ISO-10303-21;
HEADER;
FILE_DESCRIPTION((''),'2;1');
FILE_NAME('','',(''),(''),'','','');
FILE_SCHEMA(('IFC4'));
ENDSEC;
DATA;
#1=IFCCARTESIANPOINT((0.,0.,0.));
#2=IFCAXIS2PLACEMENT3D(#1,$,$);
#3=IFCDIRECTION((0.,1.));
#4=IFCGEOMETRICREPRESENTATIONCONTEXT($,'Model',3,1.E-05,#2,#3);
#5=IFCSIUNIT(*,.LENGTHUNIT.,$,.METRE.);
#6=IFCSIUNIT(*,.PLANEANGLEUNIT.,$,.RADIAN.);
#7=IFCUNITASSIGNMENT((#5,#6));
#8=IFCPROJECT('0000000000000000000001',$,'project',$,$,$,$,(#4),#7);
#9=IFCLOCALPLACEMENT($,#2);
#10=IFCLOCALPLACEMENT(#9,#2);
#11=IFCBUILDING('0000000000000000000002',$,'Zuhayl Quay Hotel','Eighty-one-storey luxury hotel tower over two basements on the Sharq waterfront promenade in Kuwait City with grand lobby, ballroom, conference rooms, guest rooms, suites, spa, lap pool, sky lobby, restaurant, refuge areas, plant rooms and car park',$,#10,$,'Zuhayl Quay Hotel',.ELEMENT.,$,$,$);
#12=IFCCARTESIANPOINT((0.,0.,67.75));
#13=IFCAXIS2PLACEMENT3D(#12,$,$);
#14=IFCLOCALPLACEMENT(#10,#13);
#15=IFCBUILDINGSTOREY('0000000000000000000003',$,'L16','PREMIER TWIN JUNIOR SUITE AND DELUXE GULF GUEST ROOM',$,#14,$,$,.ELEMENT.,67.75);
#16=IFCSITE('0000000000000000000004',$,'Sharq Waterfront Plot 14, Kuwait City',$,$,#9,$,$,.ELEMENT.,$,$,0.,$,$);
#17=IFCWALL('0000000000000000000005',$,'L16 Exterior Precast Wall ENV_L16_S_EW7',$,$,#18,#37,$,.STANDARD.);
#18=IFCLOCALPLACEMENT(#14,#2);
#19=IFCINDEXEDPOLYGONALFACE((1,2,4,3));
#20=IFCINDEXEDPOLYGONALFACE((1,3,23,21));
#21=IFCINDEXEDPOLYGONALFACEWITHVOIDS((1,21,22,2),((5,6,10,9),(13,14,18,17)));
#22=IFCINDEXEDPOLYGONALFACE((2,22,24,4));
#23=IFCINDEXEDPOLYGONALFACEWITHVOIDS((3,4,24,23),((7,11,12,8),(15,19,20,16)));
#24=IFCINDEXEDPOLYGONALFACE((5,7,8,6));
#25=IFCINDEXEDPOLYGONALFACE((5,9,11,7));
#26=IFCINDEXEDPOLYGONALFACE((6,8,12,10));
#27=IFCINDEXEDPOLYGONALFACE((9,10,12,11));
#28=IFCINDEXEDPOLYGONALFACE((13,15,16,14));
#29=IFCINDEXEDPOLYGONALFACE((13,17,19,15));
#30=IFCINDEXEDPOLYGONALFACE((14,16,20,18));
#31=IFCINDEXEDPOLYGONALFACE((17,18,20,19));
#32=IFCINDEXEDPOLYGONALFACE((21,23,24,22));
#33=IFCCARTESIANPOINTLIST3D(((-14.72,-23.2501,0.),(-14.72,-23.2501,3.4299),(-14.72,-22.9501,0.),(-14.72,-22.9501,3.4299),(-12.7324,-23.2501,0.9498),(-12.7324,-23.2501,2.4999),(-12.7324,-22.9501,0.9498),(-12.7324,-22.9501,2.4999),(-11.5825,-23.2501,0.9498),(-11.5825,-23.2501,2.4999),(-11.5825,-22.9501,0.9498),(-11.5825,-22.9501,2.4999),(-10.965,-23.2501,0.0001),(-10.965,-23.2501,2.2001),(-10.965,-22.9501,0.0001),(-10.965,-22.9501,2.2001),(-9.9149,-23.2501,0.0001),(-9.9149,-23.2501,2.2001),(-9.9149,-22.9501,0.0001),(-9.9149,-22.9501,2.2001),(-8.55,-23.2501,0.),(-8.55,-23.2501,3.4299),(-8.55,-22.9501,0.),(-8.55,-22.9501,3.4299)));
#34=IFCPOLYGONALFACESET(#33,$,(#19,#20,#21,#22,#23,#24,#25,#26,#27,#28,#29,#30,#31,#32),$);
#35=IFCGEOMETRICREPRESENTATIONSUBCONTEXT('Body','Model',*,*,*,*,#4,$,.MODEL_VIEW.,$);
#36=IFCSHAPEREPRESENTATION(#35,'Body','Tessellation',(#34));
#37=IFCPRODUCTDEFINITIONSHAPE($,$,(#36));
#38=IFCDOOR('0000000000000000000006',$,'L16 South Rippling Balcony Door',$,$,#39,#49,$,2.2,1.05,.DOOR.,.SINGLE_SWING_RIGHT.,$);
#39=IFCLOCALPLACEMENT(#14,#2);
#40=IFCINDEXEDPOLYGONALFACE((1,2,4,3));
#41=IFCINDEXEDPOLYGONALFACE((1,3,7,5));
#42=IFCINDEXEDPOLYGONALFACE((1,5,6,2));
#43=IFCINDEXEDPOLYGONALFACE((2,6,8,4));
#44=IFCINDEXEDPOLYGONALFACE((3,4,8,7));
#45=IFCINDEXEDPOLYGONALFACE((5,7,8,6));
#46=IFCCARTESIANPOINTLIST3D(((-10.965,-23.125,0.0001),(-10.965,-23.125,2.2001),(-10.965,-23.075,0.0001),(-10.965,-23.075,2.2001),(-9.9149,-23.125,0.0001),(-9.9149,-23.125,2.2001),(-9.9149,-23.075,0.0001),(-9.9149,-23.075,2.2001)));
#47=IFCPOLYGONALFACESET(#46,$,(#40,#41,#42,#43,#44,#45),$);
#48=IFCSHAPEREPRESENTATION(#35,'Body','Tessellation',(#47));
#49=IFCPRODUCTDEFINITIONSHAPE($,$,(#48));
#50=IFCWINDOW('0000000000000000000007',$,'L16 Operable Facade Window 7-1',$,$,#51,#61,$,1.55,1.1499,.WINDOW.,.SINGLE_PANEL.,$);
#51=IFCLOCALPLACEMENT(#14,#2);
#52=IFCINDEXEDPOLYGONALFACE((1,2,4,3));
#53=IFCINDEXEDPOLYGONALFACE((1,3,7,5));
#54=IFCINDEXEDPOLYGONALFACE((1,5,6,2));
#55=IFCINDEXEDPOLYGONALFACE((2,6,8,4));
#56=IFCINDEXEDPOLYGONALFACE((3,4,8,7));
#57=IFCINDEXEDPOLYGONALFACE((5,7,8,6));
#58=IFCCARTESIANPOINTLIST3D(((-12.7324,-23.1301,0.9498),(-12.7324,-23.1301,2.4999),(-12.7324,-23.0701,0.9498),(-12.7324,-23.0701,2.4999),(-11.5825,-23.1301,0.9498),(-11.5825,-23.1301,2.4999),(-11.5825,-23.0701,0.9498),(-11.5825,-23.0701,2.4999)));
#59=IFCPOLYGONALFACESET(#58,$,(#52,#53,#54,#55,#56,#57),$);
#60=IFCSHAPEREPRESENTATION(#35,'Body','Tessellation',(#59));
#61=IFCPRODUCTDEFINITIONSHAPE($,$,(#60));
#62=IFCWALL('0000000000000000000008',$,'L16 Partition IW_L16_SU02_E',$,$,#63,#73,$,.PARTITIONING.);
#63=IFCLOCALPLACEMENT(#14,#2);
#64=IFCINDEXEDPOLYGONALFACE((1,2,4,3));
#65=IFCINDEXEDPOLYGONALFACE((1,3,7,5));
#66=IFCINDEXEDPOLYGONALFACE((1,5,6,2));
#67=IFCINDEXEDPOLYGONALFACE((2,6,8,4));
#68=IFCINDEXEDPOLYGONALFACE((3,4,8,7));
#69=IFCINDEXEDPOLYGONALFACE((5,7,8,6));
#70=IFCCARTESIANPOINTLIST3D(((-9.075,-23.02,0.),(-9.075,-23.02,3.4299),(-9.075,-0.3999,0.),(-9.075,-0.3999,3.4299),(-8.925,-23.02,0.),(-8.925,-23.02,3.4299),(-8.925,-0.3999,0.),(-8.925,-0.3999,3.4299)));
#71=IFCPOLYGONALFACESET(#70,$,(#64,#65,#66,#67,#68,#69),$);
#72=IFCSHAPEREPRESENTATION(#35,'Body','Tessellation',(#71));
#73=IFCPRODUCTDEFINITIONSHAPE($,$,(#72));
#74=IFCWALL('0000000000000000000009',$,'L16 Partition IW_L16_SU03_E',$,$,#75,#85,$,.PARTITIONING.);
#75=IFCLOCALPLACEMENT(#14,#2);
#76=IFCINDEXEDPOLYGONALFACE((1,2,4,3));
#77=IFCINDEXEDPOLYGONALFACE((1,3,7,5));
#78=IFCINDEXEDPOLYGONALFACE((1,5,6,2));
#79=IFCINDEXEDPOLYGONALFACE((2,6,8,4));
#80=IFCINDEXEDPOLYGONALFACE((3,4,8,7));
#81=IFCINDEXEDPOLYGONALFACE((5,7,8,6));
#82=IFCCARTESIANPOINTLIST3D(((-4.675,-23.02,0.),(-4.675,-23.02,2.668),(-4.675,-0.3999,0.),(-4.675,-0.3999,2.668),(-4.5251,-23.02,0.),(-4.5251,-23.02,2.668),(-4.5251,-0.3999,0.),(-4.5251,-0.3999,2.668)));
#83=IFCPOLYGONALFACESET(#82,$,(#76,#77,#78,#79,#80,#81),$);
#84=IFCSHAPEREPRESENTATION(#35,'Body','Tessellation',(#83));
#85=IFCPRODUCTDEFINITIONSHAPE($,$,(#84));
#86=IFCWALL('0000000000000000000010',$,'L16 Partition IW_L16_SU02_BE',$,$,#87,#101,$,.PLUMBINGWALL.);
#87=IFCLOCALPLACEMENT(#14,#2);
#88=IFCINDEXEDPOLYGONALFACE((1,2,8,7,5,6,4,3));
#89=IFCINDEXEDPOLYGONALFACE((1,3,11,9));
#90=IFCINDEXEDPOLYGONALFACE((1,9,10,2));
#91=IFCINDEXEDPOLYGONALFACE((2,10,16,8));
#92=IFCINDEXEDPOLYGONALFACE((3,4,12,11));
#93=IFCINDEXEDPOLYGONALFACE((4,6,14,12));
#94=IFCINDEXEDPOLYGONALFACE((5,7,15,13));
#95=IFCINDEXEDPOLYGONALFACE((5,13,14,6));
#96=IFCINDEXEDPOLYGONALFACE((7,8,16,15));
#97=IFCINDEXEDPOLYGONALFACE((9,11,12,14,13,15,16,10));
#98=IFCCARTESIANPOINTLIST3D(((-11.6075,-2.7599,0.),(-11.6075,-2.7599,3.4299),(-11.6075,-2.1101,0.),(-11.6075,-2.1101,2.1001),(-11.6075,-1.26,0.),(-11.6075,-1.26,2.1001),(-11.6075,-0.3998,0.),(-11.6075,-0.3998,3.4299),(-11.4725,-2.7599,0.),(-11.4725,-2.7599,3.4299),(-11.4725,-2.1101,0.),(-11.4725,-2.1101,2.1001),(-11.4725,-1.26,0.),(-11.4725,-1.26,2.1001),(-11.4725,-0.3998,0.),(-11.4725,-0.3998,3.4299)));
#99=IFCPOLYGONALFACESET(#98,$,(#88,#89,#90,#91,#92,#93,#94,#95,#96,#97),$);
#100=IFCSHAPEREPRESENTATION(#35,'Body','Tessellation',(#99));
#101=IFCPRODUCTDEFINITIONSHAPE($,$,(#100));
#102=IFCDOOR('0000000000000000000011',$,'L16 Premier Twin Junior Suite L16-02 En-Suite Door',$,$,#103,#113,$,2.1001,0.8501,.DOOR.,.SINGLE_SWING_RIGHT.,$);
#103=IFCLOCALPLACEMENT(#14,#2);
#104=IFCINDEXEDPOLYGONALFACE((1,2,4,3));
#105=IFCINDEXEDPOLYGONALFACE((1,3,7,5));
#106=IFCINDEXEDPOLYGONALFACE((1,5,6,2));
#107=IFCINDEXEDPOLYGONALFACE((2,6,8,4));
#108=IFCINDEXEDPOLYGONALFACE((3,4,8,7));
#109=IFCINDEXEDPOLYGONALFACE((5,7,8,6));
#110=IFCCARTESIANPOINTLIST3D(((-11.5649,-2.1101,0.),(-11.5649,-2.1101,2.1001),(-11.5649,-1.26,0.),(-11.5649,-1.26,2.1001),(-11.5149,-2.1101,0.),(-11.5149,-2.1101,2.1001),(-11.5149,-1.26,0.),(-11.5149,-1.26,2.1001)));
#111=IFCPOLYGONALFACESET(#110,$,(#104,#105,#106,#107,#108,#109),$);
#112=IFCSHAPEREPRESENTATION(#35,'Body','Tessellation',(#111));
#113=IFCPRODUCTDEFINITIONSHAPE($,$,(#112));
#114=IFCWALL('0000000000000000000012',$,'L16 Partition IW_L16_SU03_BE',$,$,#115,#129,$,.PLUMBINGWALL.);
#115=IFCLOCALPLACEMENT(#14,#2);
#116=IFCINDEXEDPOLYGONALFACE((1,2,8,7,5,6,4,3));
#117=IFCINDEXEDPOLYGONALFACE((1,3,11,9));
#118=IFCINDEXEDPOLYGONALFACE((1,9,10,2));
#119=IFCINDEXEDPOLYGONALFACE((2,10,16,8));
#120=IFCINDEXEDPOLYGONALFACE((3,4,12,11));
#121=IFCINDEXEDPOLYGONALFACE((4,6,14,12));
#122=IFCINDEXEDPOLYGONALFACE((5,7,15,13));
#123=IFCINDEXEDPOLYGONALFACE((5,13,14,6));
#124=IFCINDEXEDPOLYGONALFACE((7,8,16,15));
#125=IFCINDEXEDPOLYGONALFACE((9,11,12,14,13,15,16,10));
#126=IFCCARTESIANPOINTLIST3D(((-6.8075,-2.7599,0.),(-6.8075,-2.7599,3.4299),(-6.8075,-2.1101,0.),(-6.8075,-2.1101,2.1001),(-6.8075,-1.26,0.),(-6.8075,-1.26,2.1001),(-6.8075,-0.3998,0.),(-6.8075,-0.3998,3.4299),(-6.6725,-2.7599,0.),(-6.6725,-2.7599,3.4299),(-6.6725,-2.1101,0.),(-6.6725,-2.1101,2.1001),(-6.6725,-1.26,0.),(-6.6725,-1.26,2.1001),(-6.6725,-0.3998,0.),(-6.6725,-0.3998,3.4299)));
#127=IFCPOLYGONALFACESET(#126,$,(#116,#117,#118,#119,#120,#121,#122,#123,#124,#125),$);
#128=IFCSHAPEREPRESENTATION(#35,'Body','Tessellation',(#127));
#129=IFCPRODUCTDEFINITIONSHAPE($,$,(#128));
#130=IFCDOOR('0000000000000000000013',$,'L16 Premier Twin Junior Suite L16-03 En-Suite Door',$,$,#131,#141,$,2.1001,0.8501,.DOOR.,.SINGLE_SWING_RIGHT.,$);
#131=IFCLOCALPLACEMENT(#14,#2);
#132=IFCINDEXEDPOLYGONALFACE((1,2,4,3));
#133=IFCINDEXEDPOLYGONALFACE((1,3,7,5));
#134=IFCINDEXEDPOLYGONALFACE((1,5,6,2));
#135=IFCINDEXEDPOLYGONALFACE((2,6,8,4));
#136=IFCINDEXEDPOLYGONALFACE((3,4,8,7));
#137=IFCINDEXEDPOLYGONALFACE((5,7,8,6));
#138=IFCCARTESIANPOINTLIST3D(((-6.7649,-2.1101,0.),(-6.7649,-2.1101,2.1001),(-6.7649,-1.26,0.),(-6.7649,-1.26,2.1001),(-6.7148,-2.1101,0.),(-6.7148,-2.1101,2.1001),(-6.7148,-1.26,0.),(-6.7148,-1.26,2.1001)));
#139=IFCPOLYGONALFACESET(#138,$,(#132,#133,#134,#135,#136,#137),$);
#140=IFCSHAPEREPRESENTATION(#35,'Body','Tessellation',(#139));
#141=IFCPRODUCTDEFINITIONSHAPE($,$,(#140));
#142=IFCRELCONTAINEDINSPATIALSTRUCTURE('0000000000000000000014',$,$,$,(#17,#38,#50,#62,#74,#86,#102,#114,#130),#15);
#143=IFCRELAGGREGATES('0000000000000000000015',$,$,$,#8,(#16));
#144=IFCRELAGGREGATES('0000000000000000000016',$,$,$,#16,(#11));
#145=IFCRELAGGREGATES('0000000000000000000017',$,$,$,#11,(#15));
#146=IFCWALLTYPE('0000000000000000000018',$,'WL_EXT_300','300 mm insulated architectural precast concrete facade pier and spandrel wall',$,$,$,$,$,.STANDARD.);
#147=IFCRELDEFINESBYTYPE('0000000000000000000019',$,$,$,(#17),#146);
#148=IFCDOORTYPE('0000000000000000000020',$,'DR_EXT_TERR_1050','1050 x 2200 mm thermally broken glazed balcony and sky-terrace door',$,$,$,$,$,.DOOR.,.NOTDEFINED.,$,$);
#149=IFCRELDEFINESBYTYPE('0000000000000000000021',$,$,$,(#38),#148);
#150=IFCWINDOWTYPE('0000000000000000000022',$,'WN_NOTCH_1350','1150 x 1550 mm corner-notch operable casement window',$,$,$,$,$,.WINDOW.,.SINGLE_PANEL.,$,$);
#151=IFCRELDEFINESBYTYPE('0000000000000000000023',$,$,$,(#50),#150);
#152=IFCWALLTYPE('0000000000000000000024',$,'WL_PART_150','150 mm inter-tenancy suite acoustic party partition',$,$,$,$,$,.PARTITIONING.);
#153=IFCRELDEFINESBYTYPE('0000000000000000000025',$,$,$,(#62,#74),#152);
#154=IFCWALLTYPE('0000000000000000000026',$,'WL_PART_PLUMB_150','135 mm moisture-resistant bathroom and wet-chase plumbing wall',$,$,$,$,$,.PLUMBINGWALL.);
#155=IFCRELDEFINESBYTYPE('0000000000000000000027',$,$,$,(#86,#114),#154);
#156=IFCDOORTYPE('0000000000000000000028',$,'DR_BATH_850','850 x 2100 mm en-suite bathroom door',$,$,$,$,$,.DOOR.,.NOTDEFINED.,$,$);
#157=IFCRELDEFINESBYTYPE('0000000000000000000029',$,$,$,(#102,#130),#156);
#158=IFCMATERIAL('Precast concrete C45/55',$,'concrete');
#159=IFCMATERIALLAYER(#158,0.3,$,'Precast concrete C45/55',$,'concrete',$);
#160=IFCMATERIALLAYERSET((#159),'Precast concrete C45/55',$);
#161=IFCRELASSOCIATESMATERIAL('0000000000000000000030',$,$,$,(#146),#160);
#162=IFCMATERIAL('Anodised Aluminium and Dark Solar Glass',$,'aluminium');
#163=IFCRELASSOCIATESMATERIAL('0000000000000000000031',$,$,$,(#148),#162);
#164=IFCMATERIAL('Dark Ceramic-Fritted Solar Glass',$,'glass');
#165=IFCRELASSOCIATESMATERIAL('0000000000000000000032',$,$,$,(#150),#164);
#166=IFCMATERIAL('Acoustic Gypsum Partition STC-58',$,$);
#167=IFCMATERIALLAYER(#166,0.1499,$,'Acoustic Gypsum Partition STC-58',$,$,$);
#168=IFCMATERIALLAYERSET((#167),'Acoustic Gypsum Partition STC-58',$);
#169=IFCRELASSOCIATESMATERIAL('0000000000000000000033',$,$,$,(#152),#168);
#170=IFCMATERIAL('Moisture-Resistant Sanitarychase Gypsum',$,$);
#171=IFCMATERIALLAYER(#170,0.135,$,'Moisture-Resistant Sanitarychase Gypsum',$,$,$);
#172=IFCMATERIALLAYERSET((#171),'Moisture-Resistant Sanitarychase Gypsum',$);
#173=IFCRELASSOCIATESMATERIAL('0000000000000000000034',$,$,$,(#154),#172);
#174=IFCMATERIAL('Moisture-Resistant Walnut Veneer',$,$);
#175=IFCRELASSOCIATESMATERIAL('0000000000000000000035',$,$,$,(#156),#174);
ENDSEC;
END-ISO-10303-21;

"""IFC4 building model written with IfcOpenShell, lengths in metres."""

from ifc_helpers import new_model, si_unit, direction, frame, frame_2d, origin, place, context, subcontext, project, spatial, rectangle, extrude, material, layer, layer_set, type_object, element, fill, save


model = new_model("IFC4")

# Units and contexts
model_context = context("Model", 3, precision=1e-05, world=origin(), true_north=direction((0.0, 1.0)))
body_context = subcontext(model_context, "Body", "Model", "MODEL_VIEW")
ifc_project = project(units=[si_unit("LENGTHUNIT", "METRE"), si_unit("PLANEANGLEUNIT", "RADIAN")], contexts=[model_context])

# Site, building, storey
site_placement = place(None, origin())
site = spatial("IfcSite", under=ifc_project, at=site_placement, Name="Sharq Waterfront Plot 14, Kuwait City", CompositionType="ELEMENT", RefElevation=0.0)
building_placement = place(site_placement, origin())
building = spatial("IfcBuilding", under=site, at=building_placement, Name="Zuhayl Quay Hotel", Description="Eighty-one-storey luxury hotel tower over two basements on the Sharq waterfront promenade in Kuwait City with grand lobby, ballroom, conference rooms, guest rooms, suites, spa, lap pool, sky lobby, restaurant, refuge areas, plant rooms and car park", LongName="Zuhayl Quay Hotel", CompositionType="ELEMENT")
storey_placement = place(building_placement, frame((0.0, 0.0, 67.75)))
storey = spatial("IfcBuildingStorey", under=building, at=storey_placement, Name="L16", Description="PREMIER TWIN JUNIOR SUITE AND DELUXE GULF GUEST ROOM", CompositionType="ELEMENT", Elevation=67.75)

# Shared definitions
ifc_material_1 = material(Name="Dark Ceramic-Fritted Solar Glass", Category="glass")

# Shared definitions
ifc_material_2 = material(Name="Precast concrete C45/55", Category="concrete")
ifc_layer_1 = layer(ifc_material_2, 0.3, Name="Precast concrete C45/55", Category="concrete")
ifc_layer_set_1 = layer_set([ifc_layer_1], Name="Precast concrete C45/55")
wall_type_1 = type_object("IfcWallType", Name="WL_EXT_300", Description="300 mm insulated architectural precast concrete facade pier and spandrel wall", PredefinedType="STANDARD", material=ifc_layer_set_1)

# Wall, openings, door, window
wall_1_placement = place(storey_placement, frame((-8.55, -23.1001, 0.0), z_axis=(0.0, 0.0, 1.0), x_axis=(-1.0, 0.0, 0.0)))
wall_1 = element("IfcWall", 1, at=wall_1_placement, inside=storey, type_object=wall_type_1, Name="L16 Exterior Precast Wall ENV_L16_S_EW7", PredefinedType="STANDARD", context=body_context, shape_type="SweptSolid", body=[
    extrude(rectangle(XDim=6.1699, YDim=0.3, at=frame_2d((3.085, 0.0))), origin(), (0.0, 0.0, 1.0), 3.4299),
])
opening_1_placement = place(wall_1_placement, frame((1.365, 0.0, 0.0)))
opening_1 = element("IfcOpeningElement", 2, at=opening_1_placement, cuts=wall_1, PredefinedType="OPENING", context=body_context, shape_type="SweptSolid", body=[
    extrude(rectangle(XDim=1.05, YDim=2.2, at=frame_2d((0.5249, 1.1001))), frame((0.0, 0.1599, 0.0), z_axis=(0.0, -1.0, 0.0), x_axis=(1.0, 0.0, 0.0)), (0.0, 0.0, 1.0), 0.3201),
])
opening_2_placement = place(wall_1_placement, frame((3.0325, 0.0, 0.95)))
opening_2 = element("IfcOpeningElement", 3, at=opening_2_placement, cuts=wall_1, PredefinedType="OPENING", context=body_context, shape_type="SweptSolid", body=[
    extrude(rectangle(XDim=1.1499, YDim=1.55, at=frame_2d((0.575, 0.7749))), frame((0.0, 0.1599, 0.0), z_axis=(0.0, -1.0, 0.0), x_axis=(1.0, 0.0, 0.0)), (0.0, 0.0, 1.0), 0.3201),
])
ifc_material_3 = material(Name="Anodised Aluminium and Dark Solar Glass", Category="aluminium")
door_type_1 = type_object("IfcDoorType", Name="DR_EXT_TERR_1050", Description="1050 x 2200 mm thermally broken glazed balcony and sky-terrace door", OperationType="NOTDEFINED", PredefinedType="DOOR", material=ifc_material_3)
door_1_placement = place(opening_1_placement, origin())
door_1 = element("IfcDoor", 4, at=door_1_placement, inside=storey, type_object=door_type_1, Name="L16 South Rippling Balcony Door", OperationType="SINGLE_SWING_RIGHT", OverallHeight=2.2, OverallWidth=1.05, PredefinedType="DOOR", context=body_context, shape_type="SweptSolid", body=[
    extrude(rectangle(XDim=1.05, YDim=2.2, at=frame_2d((0.5249, 1.1001))), frame((0.0, 0.0249, 0.0), z_axis=(0.0, -1.0, 0.0), x_axis=(1.0, 0.0, 0.0)), (0.0, 0.0, 1.0), 0.05),
])
fill(opening_1, door_1)
window_type = type_object("IfcWindowType", Name="WN_NOTCH_1350", Description="1150 x 1550 mm corner-notch operable casement window", PartitioningType="SINGLE_PANEL", PredefinedType="WINDOW", material=ifc_material_1)
window_placement = place(opening_2_placement, origin())
window = element("IfcWindow", 5, at=window_placement, inside=storey, type_object=window_type, Name="L16 Operable Facade Window 7-1", OverallHeight=1.55, OverallWidth=1.1499, PartitioningType="SINGLE_PANEL", PredefinedType="WINDOW", context=body_context, shape_type="SweptSolid", body=[
    extrude(rectangle(XDim=1.1499, YDim=1.55, at=frame_2d((0.575, 0.7749))), frame((0.0, 0.03, 0.0), z_axis=(0.0, -1.0, 0.0), x_axis=(1.0, 0.0, 0.0)), (0.0, 0.0, 1.0), 0.0601),
])
fill(opening_2, window)

# Walls
ifc_material_4 = material(Name="Acoustic Gypsum Partition STC-58")
ifc_layer_2 = layer(ifc_material_4, 0.1499, Name="Acoustic Gypsum Partition STC-58")
ifc_layer_set_2 = layer_set([ifc_layer_2], Name="Acoustic Gypsum Partition STC-58")
wall_type_2 = type_object("IfcWallType", Name="WL_PART_150", Description="150 mm inter-tenancy suite acoustic party partition", PredefinedType="PARTITIONING", material=ifc_layer_set_2)
wall_2_placement = place(storey_placement, frame((-9.0, -23.02, 0.0), z_axis=(0.0, 0.0, 1.0), x_axis=(0.0, 1.0, 0.0)))
element("IfcWall", 6, at=wall_2_placement, inside=storey, type_object=wall_type_2, Name="L16 Partition IW_L16_SU02_E", PredefinedType="PARTITIONING", context=body_context, shape_type="SweptSolid", body=[
    extrude(rectangle(XDim=22.6201, YDim=0.1499, at=frame_2d((11.3101, 0.0))), origin(), (0.0, 0.0, 1.0), 3.4299),
])
wall_3_placement = place(storey_placement, frame((-4.6001, -23.02, 0.0), z_axis=(0.0, 0.0, 1.0), x_axis=(0.0, 1.0, 0.0)))
element("IfcWall", 7, at=wall_3_placement, inside=storey, type_object=wall_type_2, Name="L16 Partition IW_L16_SU03_E", PredefinedType="PARTITIONING", context=body_context, shape_type="SweptSolid", body=[
    extrude(rectangle(XDim=22.6201, YDim=0.1499, at=frame_2d((11.3101, 0.0))), origin(), (0.0, 0.0, 1.0), 2.668),
])

# Walls, openings, doors
ifc_material_5 = material(Name="Moisture-Resistant Sanitarychase Gypsum")
ifc_layer_3 = layer(ifc_material_5, 0.135, Name="Moisture-Resistant Sanitarychase Gypsum")
ifc_layer_set_3 = layer_set([ifc_layer_3], Name="Moisture-Resistant Sanitarychase Gypsum")
wall_type_3 = type_object("IfcWallType", Name="WL_PART_PLUMB_150", Description="135 mm moisture-resistant bathroom and wet-chase plumbing wall", PredefinedType="PLUMBINGWALL", material=ifc_layer_set_3)
wall_4_placement = place(storey_placement, frame((-11.54, -2.76, 0.0), z_axis=(0.0, 0.0, 1.0), x_axis=(0.0, 1.0, 0.0)))
wall_4 = element("IfcWall", 8, at=wall_4_placement, inside=storey, type_object=wall_type_3, Name="L16 Partition IW_L16_SU02_BE", PredefinedType="PLUMBINGWALL", context=body_context, shape_type="SweptSolid", body=[
    extrude(rectangle(XDim=2.3601, YDim=0.135, at=frame_2d((1.1802, 0.0))), origin(), (0.0, 0.0, 1.0), 3.4299),
])
opening_3_placement = place(wall_4_placement, frame((0.6499, 0.0, 0.0)))
opening_3 = element("IfcOpeningElement", 9, at=opening_3_placement, cuts=wall_4, PredefinedType="OPENING", context=body_context, shape_type="SweptSolid", body=[
    extrude(rectangle(XDim=0.8501, YDim=2.1001, at=frame_2d((0.425, 1.05))), frame((0.0, 0.0774, 0.0), z_axis=(0.0, -1.0, 0.0), x_axis=(1.0, 0.0, 0.0)), (0.0, 0.0, 1.0), 0.155),
])
ifc_material_6 = material(Name="Moisture-Resistant Walnut Veneer")
door_type_2 = type_object("IfcDoorType", Name="DR_BATH_850", Description="850 x 2100 mm en-suite bathroom door", OperationType="NOTDEFINED", PredefinedType="DOOR", material=ifc_material_6)
door_2_placement = place(opening_3_placement, origin())
door_2 = element("IfcDoor", 10, at=door_2_placement, inside=storey, type_object=door_type_2, Name="L16 Premier Twin Junior Suite L16-02 En-Suite Door", OperationType="SINGLE_SWING_RIGHT", OverallHeight=2.1001, OverallWidth=0.8501, PredefinedType="DOOR", context=body_context, shape_type="SweptSolid", body=[
    extrude(rectangle(XDim=0.8501, YDim=2.1001, at=frame_2d((0.425, 1.05))), frame((0.0, 0.0249, 0.0), z_axis=(0.0, -1.0, 0.0), x_axis=(1.0, 0.0, 0.0)), (0.0, 0.0, 1.0), 0.05),
])
fill(opening_3, door_2)
wall_5_placement = place(storey_placement, frame((-6.74, -2.76, 0.0), z_axis=(0.0, 0.0, 1.0), x_axis=(0.0, 1.0, 0.0)))
wall_5 = element("IfcWall", 11, at=wall_5_placement, inside=storey, type_object=wall_type_3, Name="L16 Partition IW_L16_SU03_BE", PredefinedType="PLUMBINGWALL", context=body_context, shape_type="SweptSolid", body=[
    extrude(rectangle(XDim=2.3601, YDim=0.135, at=frame_2d((1.1802, 0.0))), origin(), (0.0, 0.0, 1.0), 3.4299),
])
opening_4_placement = place(wall_5_placement, frame((0.6499, 0.0, 0.0)))
opening_4 = element("IfcOpeningElement", 12, at=opening_4_placement, cuts=wall_5, PredefinedType="OPENING", context=body_context, shape_type="SweptSolid", body=[
    extrude(rectangle(XDim=0.8501, YDim=2.1001, at=frame_2d((0.425, 1.05))), frame((0.0, 0.0774, 0.0), z_axis=(0.0, -1.0, 0.0), x_axis=(1.0, 0.0, 0.0)), (0.0, 0.0, 1.0), 0.155),
])
door_3_placement = place(opening_4_placement, origin())
door_3 = element("IfcDoor", 13, at=door_3_placement, inside=storey, type_object=door_type_2, Name="L16 Premier Twin Junior Suite L16-03 En-Suite Door", OperationType="SINGLE_SWING_RIGHT", OverallHeight=2.1001, OverallWidth=0.8501, PredefinedType="DOOR", context=body_context, shape_type="SweptSolid", body=[
    extrude(rectangle(XDim=0.8501, YDim=2.1001, at=frame_2d((0.425, 1.05))), frame((0.0, 0.0249, 0.0), z_axis=(0.0, -1.0, 0.0), x_axis=(1.0, 0.0, 0.0)), (0.0, 0.0, 1.0), 0.05),
])
fill(opening_4, door_3)

save(model, "model.ifc")
